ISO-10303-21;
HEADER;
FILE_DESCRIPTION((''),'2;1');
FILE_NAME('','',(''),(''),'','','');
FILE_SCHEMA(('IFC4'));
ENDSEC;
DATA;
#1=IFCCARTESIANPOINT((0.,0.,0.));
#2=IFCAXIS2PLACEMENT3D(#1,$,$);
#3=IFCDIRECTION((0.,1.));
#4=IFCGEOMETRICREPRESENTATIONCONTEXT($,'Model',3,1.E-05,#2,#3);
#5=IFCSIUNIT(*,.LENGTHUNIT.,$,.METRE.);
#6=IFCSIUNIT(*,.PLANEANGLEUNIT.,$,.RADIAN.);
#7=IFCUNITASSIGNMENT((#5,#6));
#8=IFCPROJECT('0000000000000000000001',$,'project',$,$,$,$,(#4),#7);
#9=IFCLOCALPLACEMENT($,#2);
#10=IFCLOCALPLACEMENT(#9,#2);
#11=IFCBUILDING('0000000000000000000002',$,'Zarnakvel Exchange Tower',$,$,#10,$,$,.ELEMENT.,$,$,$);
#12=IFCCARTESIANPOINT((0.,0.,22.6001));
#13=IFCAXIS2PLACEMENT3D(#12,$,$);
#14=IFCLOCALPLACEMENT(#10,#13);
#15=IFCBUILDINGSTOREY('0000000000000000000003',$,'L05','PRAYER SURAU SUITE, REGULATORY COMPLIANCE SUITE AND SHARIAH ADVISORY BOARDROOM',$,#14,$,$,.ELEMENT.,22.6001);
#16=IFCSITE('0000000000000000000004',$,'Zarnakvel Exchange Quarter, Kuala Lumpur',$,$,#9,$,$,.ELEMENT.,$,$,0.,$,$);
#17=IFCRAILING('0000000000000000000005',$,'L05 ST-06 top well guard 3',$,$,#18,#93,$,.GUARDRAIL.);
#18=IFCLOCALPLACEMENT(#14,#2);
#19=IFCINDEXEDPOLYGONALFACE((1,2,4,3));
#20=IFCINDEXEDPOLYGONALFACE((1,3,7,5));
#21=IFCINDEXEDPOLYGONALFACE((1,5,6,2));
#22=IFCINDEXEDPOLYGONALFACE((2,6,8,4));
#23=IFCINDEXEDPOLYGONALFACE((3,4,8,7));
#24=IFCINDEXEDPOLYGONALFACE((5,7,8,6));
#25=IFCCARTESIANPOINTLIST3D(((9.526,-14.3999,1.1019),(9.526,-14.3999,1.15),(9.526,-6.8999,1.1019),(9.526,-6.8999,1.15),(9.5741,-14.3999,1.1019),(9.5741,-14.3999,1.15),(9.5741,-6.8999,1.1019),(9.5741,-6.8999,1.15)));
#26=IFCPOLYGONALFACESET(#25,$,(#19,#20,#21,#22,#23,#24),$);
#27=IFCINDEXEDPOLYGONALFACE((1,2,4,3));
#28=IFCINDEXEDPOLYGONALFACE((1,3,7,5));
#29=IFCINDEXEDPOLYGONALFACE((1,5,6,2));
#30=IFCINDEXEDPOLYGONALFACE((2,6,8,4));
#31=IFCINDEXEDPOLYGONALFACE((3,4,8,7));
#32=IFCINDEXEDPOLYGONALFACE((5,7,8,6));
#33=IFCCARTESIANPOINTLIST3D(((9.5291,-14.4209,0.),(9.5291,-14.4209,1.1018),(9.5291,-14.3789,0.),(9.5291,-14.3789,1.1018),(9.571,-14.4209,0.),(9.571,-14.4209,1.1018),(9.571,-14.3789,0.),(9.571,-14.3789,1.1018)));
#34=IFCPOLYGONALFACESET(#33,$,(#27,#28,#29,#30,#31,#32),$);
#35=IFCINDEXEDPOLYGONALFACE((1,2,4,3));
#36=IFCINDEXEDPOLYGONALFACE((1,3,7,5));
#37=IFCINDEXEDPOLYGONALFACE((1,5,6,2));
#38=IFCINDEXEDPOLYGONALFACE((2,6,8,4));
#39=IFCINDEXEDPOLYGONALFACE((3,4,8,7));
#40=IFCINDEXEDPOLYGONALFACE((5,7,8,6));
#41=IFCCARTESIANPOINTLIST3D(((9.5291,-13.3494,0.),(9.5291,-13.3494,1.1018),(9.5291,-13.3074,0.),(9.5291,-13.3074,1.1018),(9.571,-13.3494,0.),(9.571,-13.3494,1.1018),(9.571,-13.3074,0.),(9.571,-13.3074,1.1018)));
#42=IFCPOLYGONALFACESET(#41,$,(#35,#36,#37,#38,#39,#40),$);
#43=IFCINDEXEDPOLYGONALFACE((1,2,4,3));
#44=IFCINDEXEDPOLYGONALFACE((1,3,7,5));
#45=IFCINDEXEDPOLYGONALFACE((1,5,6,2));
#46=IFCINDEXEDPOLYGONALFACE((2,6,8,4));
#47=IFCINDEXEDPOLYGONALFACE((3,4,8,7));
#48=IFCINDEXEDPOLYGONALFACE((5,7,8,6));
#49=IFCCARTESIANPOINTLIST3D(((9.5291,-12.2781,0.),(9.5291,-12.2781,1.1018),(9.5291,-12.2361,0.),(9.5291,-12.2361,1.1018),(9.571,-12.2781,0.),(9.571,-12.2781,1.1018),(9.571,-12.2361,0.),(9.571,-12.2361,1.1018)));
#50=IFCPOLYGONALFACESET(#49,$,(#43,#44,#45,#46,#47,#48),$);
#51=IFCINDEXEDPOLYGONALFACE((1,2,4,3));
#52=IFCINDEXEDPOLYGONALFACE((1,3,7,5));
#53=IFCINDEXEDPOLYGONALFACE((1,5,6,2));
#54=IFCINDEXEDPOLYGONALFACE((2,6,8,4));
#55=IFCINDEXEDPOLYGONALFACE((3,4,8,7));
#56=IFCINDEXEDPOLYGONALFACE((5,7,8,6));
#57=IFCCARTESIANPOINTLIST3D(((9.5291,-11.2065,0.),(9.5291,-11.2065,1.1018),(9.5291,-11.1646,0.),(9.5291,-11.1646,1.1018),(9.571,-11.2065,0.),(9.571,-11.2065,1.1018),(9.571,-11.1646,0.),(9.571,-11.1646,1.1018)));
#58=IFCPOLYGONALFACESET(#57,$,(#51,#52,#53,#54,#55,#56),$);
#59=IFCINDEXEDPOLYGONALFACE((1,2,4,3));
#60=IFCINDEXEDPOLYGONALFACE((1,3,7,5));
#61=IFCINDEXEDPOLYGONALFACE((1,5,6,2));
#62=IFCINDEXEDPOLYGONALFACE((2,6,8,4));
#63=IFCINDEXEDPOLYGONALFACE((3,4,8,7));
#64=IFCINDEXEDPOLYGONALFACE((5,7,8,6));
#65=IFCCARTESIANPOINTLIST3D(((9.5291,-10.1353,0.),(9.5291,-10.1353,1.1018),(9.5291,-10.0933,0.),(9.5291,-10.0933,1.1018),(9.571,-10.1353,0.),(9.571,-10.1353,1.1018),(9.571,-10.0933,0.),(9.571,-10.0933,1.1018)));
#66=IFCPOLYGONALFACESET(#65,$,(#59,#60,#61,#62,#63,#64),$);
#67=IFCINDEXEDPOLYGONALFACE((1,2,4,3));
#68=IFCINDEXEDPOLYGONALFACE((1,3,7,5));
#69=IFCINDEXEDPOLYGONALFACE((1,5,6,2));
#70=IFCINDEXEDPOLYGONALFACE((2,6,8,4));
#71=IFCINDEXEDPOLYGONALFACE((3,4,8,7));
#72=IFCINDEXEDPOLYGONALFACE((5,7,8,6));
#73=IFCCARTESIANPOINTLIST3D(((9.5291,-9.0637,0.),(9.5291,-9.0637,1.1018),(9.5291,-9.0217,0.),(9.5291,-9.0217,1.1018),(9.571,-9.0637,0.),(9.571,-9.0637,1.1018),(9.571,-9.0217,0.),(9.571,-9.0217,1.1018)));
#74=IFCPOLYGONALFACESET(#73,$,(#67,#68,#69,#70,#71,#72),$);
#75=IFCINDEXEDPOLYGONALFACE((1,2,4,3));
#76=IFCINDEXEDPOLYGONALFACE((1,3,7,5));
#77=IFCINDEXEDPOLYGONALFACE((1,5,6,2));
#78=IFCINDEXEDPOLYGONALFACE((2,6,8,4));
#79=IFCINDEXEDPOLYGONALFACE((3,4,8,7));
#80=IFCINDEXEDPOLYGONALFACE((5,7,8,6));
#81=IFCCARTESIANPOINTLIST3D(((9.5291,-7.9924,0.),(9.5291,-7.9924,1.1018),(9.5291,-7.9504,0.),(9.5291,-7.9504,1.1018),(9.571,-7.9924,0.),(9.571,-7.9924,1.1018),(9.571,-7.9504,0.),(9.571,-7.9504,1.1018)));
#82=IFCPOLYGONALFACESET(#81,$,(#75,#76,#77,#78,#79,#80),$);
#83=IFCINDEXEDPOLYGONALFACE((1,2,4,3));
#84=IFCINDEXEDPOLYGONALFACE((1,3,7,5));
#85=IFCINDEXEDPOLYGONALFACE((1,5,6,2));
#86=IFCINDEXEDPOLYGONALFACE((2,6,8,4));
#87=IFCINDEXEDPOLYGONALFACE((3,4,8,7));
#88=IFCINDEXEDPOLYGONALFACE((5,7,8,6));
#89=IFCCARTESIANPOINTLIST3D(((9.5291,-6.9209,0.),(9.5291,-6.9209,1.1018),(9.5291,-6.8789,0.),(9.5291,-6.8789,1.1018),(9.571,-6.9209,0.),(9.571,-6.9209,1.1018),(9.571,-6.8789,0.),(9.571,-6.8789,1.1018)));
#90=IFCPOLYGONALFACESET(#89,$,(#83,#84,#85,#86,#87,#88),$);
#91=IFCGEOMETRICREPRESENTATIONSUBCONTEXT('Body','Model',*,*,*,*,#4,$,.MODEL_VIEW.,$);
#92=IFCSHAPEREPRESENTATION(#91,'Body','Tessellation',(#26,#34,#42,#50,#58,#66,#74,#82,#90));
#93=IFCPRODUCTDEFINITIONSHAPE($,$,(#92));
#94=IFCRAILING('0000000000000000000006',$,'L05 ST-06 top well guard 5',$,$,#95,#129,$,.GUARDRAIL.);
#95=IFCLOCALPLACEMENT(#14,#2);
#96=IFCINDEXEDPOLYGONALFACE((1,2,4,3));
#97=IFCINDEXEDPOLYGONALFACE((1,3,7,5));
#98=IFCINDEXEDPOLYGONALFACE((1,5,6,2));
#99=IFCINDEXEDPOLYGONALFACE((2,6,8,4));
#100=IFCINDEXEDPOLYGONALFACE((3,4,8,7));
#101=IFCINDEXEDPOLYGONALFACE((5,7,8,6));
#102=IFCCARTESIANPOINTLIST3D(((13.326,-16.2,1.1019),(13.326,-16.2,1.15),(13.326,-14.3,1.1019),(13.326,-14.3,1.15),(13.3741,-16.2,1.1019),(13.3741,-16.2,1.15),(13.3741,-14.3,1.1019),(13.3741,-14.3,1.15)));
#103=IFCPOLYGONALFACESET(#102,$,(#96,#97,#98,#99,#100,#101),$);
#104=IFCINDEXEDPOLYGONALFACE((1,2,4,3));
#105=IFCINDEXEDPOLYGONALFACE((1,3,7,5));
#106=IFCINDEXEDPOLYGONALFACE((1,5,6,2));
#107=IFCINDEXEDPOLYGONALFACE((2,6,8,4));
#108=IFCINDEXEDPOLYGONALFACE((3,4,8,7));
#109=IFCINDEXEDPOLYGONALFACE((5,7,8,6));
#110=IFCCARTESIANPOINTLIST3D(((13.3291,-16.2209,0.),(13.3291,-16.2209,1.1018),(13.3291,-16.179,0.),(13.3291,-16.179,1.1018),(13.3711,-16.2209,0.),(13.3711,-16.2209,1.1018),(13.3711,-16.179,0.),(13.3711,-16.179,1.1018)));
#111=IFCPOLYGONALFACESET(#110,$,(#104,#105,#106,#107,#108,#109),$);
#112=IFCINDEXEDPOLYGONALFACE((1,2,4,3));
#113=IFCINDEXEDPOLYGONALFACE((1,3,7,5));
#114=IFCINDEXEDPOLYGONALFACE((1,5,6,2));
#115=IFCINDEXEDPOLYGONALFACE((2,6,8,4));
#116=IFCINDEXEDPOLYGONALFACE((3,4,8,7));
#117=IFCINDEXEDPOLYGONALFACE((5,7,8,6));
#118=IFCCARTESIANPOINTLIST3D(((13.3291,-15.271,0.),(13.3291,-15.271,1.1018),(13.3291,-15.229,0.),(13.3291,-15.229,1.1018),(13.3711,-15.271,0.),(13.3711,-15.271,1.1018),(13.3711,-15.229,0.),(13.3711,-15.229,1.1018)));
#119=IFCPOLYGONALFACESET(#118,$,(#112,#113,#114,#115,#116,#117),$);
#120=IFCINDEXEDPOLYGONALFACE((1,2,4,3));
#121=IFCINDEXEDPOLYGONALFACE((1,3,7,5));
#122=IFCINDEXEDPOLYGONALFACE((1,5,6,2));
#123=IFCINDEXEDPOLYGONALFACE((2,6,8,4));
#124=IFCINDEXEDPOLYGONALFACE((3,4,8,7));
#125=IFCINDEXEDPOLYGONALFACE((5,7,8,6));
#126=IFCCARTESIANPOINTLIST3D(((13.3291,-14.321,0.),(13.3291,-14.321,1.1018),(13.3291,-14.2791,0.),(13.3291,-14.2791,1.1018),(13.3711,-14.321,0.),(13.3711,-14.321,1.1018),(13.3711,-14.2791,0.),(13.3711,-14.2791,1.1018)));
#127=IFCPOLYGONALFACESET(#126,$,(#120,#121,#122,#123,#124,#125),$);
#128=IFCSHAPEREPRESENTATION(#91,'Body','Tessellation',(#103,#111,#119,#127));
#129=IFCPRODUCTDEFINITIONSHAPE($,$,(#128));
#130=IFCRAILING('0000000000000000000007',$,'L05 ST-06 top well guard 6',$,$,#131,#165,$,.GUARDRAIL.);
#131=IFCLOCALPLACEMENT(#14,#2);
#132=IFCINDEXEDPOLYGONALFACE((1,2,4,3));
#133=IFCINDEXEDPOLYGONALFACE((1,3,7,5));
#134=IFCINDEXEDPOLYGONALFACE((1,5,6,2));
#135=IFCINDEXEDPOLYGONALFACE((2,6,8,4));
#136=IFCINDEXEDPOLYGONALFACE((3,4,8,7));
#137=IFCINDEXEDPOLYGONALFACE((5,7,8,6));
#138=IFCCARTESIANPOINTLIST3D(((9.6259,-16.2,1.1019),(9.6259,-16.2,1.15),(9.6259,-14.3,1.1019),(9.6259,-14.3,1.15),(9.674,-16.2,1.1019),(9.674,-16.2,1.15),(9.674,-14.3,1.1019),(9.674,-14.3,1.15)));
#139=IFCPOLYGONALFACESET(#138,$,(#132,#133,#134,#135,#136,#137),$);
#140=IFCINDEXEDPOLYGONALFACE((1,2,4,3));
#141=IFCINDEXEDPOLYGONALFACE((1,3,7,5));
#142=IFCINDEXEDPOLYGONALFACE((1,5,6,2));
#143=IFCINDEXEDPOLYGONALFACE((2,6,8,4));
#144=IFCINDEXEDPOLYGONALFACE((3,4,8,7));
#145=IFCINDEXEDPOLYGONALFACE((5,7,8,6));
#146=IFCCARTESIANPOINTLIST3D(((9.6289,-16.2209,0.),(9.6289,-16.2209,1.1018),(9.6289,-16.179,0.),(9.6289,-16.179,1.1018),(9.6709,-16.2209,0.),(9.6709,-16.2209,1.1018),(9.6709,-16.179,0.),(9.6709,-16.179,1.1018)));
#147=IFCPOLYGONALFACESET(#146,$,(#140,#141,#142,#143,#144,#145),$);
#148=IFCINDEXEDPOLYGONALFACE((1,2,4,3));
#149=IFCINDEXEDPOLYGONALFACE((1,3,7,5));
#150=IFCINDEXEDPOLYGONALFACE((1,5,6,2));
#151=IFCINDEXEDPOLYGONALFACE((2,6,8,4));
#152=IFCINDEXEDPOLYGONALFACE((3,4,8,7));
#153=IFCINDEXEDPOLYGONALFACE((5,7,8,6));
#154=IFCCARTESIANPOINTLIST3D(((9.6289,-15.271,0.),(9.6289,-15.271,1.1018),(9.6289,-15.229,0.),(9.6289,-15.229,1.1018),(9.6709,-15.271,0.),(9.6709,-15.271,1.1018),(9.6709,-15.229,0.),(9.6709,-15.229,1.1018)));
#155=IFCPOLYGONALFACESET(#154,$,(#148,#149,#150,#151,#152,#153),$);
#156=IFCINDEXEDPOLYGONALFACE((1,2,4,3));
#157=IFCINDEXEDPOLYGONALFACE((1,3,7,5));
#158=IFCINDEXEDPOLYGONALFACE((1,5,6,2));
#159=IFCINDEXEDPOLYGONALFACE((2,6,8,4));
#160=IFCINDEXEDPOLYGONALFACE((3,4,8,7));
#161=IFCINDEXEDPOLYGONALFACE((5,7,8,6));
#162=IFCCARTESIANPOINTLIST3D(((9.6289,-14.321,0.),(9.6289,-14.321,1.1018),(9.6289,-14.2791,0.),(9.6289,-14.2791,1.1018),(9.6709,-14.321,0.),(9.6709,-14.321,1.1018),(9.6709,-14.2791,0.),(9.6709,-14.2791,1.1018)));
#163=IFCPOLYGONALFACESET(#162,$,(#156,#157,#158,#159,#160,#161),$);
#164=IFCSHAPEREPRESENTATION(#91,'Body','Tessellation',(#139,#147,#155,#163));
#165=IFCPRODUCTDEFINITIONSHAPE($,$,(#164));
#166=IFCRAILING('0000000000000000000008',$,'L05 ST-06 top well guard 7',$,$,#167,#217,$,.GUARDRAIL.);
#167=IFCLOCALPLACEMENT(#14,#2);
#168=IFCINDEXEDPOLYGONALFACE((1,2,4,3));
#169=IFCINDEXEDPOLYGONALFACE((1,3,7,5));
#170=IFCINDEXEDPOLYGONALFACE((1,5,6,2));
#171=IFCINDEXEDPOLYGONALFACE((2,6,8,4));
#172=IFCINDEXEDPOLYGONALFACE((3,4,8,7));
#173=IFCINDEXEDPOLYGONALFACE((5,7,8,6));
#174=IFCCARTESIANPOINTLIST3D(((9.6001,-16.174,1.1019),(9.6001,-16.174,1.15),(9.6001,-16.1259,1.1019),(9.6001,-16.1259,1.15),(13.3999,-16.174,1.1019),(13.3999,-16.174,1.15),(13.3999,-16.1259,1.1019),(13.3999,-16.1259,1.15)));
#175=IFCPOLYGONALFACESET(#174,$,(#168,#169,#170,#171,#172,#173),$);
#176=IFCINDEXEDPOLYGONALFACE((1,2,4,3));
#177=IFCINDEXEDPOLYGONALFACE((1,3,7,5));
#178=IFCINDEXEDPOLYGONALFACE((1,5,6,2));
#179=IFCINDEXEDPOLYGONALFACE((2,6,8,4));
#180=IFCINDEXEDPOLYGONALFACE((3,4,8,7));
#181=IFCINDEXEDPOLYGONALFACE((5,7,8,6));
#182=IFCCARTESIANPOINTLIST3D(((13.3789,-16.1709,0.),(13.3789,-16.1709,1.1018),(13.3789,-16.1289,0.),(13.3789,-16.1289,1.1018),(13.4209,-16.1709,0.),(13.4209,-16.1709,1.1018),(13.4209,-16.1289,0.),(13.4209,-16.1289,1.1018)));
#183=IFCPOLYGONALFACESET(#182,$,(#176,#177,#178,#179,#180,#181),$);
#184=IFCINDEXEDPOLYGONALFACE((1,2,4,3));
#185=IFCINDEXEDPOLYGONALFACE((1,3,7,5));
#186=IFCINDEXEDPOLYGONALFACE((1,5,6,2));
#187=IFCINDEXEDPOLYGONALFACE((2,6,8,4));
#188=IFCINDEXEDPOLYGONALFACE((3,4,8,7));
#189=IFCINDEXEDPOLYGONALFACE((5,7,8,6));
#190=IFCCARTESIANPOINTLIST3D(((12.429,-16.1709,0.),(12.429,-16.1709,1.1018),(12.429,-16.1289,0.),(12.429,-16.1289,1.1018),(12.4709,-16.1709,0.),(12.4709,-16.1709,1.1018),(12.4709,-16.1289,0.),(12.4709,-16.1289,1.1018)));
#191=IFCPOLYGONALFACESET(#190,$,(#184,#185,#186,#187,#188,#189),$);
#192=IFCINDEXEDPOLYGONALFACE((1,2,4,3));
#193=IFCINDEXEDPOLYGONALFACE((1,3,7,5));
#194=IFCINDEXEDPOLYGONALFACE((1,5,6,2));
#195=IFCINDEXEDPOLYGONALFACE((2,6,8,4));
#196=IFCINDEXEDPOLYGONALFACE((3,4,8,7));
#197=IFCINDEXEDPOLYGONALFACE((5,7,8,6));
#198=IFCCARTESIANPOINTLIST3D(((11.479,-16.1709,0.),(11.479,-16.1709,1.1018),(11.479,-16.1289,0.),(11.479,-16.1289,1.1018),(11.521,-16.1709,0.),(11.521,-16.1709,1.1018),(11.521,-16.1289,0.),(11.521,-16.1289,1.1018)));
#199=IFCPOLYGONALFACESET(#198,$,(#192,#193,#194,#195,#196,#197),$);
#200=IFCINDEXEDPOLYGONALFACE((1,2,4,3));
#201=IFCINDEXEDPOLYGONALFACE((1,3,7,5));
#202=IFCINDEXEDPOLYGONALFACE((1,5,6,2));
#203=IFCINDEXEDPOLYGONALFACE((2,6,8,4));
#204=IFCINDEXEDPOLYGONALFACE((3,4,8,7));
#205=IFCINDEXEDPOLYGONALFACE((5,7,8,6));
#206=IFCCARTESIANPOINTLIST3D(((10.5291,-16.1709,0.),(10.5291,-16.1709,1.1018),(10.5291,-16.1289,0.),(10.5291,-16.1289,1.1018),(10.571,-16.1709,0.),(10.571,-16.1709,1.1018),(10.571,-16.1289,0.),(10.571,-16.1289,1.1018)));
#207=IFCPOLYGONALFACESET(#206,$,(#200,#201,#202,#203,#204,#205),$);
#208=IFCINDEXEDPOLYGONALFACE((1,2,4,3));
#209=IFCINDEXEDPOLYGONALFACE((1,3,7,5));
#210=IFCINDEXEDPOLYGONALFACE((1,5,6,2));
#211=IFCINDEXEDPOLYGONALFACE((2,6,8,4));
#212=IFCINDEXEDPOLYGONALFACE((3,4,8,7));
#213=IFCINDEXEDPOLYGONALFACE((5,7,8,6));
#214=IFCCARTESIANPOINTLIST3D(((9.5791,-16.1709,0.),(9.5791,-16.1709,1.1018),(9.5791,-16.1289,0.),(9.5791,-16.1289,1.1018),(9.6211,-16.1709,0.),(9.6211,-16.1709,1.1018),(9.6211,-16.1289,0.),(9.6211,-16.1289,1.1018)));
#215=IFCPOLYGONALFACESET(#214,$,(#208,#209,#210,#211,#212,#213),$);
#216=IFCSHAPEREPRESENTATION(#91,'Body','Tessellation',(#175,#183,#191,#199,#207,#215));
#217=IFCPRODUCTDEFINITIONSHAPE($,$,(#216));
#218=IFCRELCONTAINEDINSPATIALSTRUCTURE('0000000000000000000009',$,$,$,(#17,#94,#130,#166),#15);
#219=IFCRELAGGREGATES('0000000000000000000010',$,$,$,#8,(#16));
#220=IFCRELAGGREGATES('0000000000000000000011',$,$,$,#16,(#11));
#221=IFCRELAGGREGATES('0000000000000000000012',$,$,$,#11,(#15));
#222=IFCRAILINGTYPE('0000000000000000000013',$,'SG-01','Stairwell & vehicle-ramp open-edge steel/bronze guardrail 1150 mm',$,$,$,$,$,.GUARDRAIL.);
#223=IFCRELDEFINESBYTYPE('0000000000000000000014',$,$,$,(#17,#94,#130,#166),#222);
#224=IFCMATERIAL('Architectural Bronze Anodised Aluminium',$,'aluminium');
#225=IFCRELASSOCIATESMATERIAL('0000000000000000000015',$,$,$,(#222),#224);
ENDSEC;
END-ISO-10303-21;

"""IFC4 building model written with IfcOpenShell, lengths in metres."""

from ifc_helpers import new_model, si_unit, direction, frame, origin, origin_2d, place, context, subcontext, project, spatial, rectangle, extrude, material, type_object, element, save


model = new_model("IFC4")

# Units and contexts
model_context = context("Model", 3, precision=1e-05, world=origin(), true_north=direction((0.0, 1.0)))
body_context = subcontext(model_context, "Body", "Model", "MODEL_VIEW")
ifc_project = project(units=[si_unit("LENGTHUNIT", "METRE"), si_unit("PLANEANGLEUNIT", "RADIAN")], contexts=[model_context])

# Site, building, storey
site_placement = place(None, origin())
site = spatial("IfcSite", under=ifc_project, at=site_placement, Name="Zarnakvel Exchange Quarter, Kuala Lumpur", CompositionType="ELEMENT", RefElevation=0.0)
building_placement = place(site_placement, origin())
building = spatial("IfcBuilding", under=site, at=building_placement, Name="Zarnakvel Exchange Tower", CompositionType="ELEMENT")
storey_placement = place(building_placement, frame((0.0, 0.0, 22.6001)))
storey = spatial("IfcBuildingStorey", under=building, at=storey_placement, Name="L05", Description="PRAYER SURAU SUITE, REGULATORY COMPLIANCE SUITE AND SHARIAH ADVISORY BOARDROOM", CompositionType="ELEMENT", Elevation=22.6001)

# Shared definitions
ifc_material_1 = material(Name="Architectural Bronze Anodised Aluminium", Category="aluminium")

# Railings
railing_type = type_object("IfcRailingType", Name="SG-01", Description="Stairwell & vehicle-ramp open-edge steel/bronze guardrail 1150 mm", PredefinedType="GUARDRAIL", material=ifc_material_1)
railing_1_placement = place(storey_placement, frame((9.55, -14.3999, 0.0)))
element("IfcRailing", 1, at=railing_1_placement, inside=storey, type_object=railing_type, Name="L05 ST-06 top well guard 3", PredefinedType="GUARDRAIL", context=body_context, shape_type="SweptSolid", body=[
    extrude(rectangle(XDim=0.0481, YDim=0.0481, at=origin_2d()), frame((0.0, 0.0, 1.126), z_axis=(0.0, 1.0, 0.0), x_axis=(-1.0, 0.0, 0.0)), (0.0, 0.0, 1.0), 7.5),
    extrude(rectangle(XDim=0.042, YDim=0.042, at=origin_2d()), origin(), (0.0, 0.0, 1.0), 1.1018),
    extrude(rectangle(XDim=0.042, YDim=0.042, at=origin_2d()), frame((0.0, 1.0715, 0.0)), (0.0, 0.0, 1.0), 1.1018),
    extrude(rectangle(XDim=0.042, YDim=0.042, at=origin_2d()), frame((0.0, 2.1428, 0.0)), (0.0, 0.0, 1.0), 1.1018),
    extrude(rectangle(XDim=0.042, YDim=0.042, at=origin_2d()), frame((0.0, 3.2144, 0.0)), (0.0, 0.0, 1.0), 1.1018),
    extrude(rectangle(XDim=0.042, YDim=0.042, at=origin_2d()), frame((0.0, 4.2856, 0.0)), (0.0, 0.0, 1.0), 1.1018),
    extrude(rectangle(XDim=0.042, YDim=0.042, at=origin_2d()), frame((0.0, 5.3572, 0.0)), (0.0, 0.0, 1.0), 1.1018),
    extrude(rectangle(XDim=0.042, YDim=0.042, at=origin_2d()), frame((0.0, 6.4285, 0.0)), (0.0, 0.0, 1.0), 1.1018),
    extrude(rectangle(XDim=0.042, YDim=0.042, at=origin_2d()), frame((0.0, 7.5, 0.0)), (0.0, 0.0, 1.0), 1.1018),
])
for number, where, name in (
    (2, (13.3501, -16.2, 0.0), "L05 ST-06 top well guard 5"),
    (3, (9.6499, -16.2, 0.0), "L05 ST-06 top well guard 6"),
):
    element("IfcRailing", number, at=place(storey_placement, frame(where)), inside=storey, type_object=railing_type, Name=name, PredefinedType="GUARDRAIL", context=body_context, shape_type="SweptSolid", body=[
        extrude(rectangle(XDim=0.0481, YDim=0.0481, at=origin_2d()), frame((0.0, 0.0, 1.126), z_axis=(0.0, 1.0, 0.0), x_axis=(-1.0, 0.0, 0.0)), (0.0, 0.0, 1.0), 1.8999),
        extrude(rectangle(XDim=0.042, YDim=0.042, at=origin_2d()), origin(), (0.0, 0.0, 1.0), 1.1018),
        extrude(rectangle(XDim=0.042, YDim=0.042, at=origin_2d()), frame((0.0, 0.95, 0.0)), (0.0, 0.0, 1.0), 1.1018),
        extrude(rectangle(XDim=0.042, YDim=0.042, at=origin_2d()), frame((0.0, 1.8999, 0.0)), (0.0, 0.0, 1.0), 1.1018),
    ])
railing_2_placement = place(storey_placement, frame((13.3999, -16.1499, 0.0)))
element("IfcRailing", 4, at=railing_2_placement, inside=storey, type_object=railing_type, Name="L05 ST-06 top well guard 7", PredefinedType="GUARDRAIL", context=body_context, shape_type="SweptSolid", body=[
    extrude(rectangle(XDim=0.0481, YDim=0.0481, at=origin_2d()), frame((0.0, 0.0, 1.126), z_axis=(-1.0, 0.0, 0.0), x_axis=(0.0, -1.0, 0.0)), (0.0, 0.0, 1.0), 3.7998),
    extrude(rectangle(XDim=0.042, YDim=0.042, at=origin_2d()), origin(), (0.0, 0.0, 1.0), 1.1018),
    extrude(rectangle(XDim=0.042, YDim=0.042, at=origin_2d()), frame((-0.95, 0.0, 0.0)), (0.0, 0.0, 1.0), 1.1018),
    extrude(rectangle(XDim=0.042, YDim=0.042, at=origin_2d()), frame((-1.8999, 0.0, 0.0)), (0.0, 0.0, 1.0), 1.1018),
    extrude(rectangle(XDim=0.042, YDim=0.042, at=origin_2d()), frame((-2.8499, 0.0, 0.0)), (0.0, 0.0, 1.0), 1.1018),
    extrude(rectangle(XDim=0.042, YDim=0.042, at=origin_2d()), frame((-3.7998, 0.0, 0.0)), (0.0, 0.0, 1.0), 1.1018),
])

save(model, "model.ifc")
